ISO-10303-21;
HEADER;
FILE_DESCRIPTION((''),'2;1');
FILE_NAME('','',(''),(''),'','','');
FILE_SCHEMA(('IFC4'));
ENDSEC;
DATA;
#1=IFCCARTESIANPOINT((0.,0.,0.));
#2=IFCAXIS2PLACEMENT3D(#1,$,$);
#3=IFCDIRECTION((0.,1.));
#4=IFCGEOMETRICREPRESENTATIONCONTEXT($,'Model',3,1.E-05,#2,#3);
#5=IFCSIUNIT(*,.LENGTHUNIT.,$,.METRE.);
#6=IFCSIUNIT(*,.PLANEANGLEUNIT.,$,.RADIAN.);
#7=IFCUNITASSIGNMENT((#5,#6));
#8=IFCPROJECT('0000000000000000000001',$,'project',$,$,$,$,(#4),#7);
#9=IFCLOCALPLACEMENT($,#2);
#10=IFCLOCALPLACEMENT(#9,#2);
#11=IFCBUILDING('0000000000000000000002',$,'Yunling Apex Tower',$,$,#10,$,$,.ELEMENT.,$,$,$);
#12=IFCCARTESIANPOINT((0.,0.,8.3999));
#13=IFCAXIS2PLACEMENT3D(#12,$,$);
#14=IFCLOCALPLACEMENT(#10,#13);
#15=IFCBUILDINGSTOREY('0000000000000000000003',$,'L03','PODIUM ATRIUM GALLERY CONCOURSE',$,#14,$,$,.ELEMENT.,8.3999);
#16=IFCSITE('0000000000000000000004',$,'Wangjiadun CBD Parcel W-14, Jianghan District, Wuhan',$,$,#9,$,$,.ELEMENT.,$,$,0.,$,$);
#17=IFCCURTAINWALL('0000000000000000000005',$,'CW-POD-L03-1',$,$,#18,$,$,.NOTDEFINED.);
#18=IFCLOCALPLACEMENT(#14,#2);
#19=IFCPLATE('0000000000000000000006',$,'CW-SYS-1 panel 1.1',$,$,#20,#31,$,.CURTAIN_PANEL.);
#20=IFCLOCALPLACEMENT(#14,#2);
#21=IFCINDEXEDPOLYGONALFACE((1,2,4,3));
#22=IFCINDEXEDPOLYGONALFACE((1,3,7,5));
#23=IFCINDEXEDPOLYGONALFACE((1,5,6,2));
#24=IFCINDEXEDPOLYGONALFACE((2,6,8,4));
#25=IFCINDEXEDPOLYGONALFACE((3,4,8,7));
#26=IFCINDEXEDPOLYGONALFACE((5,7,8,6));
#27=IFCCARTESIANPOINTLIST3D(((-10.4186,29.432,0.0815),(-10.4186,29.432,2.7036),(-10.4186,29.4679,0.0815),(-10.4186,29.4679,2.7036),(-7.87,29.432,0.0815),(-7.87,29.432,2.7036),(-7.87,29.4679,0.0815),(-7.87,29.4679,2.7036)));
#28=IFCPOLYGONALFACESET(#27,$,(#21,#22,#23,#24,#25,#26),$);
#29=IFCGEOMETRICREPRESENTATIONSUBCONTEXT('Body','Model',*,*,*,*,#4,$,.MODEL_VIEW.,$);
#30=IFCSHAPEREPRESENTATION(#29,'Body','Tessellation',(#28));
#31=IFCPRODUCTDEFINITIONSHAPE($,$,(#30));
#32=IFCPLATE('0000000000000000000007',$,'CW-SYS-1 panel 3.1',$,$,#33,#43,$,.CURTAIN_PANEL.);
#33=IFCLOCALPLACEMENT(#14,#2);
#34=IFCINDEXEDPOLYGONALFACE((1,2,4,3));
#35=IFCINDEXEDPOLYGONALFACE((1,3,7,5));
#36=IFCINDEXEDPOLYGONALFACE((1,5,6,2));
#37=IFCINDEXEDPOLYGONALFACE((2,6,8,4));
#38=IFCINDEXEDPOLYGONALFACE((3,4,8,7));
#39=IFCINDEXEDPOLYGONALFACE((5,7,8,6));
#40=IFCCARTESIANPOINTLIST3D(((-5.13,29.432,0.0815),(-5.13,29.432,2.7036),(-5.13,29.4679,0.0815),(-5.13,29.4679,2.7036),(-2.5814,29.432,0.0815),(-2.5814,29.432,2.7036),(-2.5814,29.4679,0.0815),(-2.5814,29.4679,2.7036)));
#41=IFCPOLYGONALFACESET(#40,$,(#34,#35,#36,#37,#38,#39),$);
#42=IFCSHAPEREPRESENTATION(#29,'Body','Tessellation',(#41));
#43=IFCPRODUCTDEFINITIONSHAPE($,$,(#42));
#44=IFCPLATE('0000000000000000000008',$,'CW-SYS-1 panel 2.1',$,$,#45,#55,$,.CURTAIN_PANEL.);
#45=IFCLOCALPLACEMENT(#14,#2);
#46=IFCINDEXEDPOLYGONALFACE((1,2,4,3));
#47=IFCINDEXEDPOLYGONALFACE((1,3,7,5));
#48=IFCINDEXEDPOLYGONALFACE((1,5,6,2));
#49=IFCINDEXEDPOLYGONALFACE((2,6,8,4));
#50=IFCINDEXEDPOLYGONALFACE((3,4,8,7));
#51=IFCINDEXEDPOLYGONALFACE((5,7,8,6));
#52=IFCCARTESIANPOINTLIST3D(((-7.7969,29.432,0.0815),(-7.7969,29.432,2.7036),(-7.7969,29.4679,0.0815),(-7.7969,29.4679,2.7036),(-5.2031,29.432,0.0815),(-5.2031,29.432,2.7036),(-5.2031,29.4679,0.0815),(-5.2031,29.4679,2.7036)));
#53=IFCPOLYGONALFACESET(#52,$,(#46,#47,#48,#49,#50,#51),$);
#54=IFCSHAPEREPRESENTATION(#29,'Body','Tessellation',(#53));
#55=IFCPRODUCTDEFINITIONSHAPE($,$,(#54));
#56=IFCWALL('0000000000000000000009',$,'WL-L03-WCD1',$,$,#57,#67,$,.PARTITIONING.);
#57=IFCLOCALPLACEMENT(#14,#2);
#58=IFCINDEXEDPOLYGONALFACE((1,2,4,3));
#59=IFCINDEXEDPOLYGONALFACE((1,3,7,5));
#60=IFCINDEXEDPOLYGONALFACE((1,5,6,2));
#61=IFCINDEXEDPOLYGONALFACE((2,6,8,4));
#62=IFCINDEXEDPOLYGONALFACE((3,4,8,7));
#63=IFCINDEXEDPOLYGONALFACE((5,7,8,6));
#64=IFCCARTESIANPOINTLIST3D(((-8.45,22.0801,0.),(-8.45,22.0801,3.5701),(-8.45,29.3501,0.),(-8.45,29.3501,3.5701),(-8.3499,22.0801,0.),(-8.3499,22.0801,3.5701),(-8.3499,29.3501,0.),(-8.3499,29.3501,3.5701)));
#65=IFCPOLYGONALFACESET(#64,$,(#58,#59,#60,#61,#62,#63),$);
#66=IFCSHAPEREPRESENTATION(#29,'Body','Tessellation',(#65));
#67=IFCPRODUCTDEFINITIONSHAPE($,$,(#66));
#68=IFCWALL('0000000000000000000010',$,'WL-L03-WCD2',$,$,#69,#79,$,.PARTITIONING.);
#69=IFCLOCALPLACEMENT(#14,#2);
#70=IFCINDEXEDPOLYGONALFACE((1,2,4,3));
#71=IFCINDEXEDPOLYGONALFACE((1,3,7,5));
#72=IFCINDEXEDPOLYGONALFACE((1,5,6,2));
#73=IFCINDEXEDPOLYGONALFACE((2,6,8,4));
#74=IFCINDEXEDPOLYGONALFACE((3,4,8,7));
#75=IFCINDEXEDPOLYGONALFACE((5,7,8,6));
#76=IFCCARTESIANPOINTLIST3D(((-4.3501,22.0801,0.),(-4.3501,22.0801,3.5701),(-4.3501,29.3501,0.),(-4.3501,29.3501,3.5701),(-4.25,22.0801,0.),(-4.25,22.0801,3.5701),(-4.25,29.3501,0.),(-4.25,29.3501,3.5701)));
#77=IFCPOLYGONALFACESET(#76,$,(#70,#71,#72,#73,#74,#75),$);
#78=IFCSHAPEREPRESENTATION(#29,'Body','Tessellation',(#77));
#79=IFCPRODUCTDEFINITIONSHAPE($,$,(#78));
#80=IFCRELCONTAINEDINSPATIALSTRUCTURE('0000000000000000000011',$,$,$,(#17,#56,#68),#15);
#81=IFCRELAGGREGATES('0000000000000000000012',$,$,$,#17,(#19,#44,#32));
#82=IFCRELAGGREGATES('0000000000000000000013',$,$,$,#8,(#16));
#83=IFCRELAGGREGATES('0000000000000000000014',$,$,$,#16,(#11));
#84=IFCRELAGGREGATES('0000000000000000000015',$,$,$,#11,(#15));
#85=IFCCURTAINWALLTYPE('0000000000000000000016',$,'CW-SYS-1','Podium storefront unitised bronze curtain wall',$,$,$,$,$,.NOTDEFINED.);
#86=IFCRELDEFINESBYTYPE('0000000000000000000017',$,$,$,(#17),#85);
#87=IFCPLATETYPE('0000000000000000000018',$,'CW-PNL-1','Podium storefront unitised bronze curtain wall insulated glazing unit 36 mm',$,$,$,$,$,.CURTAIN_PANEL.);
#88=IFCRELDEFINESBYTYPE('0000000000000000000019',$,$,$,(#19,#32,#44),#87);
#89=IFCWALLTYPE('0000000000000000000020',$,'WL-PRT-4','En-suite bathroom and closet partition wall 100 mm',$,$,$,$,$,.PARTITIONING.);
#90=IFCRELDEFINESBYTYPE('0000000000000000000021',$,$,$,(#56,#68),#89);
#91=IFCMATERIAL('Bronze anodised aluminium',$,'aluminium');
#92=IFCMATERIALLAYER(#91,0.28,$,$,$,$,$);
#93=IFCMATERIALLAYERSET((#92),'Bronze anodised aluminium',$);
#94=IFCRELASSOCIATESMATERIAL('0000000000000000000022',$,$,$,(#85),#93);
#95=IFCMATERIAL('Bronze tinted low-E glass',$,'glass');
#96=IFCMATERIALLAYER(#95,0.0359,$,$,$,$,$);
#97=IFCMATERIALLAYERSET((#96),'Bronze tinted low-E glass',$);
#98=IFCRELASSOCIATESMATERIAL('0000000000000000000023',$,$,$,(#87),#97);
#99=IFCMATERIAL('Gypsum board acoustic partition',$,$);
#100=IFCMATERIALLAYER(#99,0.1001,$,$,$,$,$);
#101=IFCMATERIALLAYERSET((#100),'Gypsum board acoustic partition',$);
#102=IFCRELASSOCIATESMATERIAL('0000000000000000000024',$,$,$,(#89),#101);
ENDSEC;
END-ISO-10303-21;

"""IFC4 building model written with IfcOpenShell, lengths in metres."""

from ifc_helpers import new_model, si_unit, direction, frame, frame_2d, origin, origin_2d, place, context, subcontext, project, spatial, rectangle, extrude, source, transform, mapped, material, layer, layer_set, type_object, element, aggregate, save


model = new_model("IFC4")

# Units and contexts
model_context = context("Model", 3, precision=1e-05, world=origin(), true_north=direction((0.0, 1.0)))
body_context = subcontext(model_context, "Body", "Model", "MODEL_VIEW")
ifc_project = project(units=[si_unit("LENGTHUNIT", "METRE"), si_unit("PLANEANGLEUNIT", "RADIAN")], contexts=[model_context])

# Site, building, storey
site_placement = place(None, origin())
site = spatial("IfcSite", under=ifc_project, at=site_placement, Name="Wangjiadun CBD Parcel W-14, Jianghan District, Wuhan", CompositionType="ELEMENT", RefElevation=0.0)
building_placement = place(site_placement, origin())
building = spatial("IfcBuilding", under=site, at=building_placement, Name="Yunling Apex Tower", CompositionType="ELEMENT")
storey_placement = place(building_placement, frame((0.0, 0.0, 8.3999)))
storey = spatial("IfcBuildingStorey", under=building, at=storey_placement, Name="L03", Description="PODIUM ATRIUM GALLERY CONCOURSE", CompositionType="ELEMENT", Elevation=8.3999)

# Curtain wall, plates
ifc_material_1 = material(Name="Bronze anodised aluminium", Category="aluminium")
ifc_layer_1 = layer(ifc_material_1, 0.28)
ifc_layer_set_1 = layer_set([ifc_layer_1], Name="Bronze anodised aluminium")
curtain_wall_type = type_object("IfcCurtainWallType", Name="CW-SYS-1", Description="Podium storefront unitised bronze curtain wall", PredefinedType="NOTDEFINED", material=ifc_layer_set_1)
curtain_wall_placement = place(storey_placement, origin())
curtain_wall = element("IfcCurtainWall", 1, at=curtain_wall_placement, inside=storey, type_object=curtain_wall_type, Name="CW-POD-L03-1", PredefinedType="NOTDEFINED")
ifc_material_2 = material(Name="Bronze tinted low-E glass", Category="glass")
ifc_layer_2 = layer(ifc_material_2, 0.0359)
ifc_layer_set_2 = layer_set([ifc_layer_2], Name="Bronze tinted low-E glass")
plate_type = type_object("IfcPlateType", Name="CW-PNL-1", Description="Podium storefront unitised bronze curtain wall insulated glazing unit 36 mm", PredefinedType="CURTAIN_PANEL", material=ifc_layer_set_2)
shared_shape_1 = source(origin(), body_context, "Body", "SweptSolid", [
    extrude(rectangle(XDim=2.5486, YDim=0.0359, at=origin_2d()), origin(), (0.0, 0.0, 1.0), 2.6221),
])
plate_1_placement = place(storey_placement, frame((-9.1443, 29.45, 0.0815), z_axis=(0.0, 0.0, 1.0), x_axis=(1.0, 0.0, 0.0)))
plate_1 = element("IfcPlate", 2, at=plate_1_placement, type_object=plate_type, Name="CW-SYS-1 panel 1.1", PredefinedType="CURTAIN_PANEL", context=body_context, shape_type="MappedRepresentation", body=[
    mapped(shared_shape_1, transform((0.0, 0.0, 0.0), scale=1.0)),
])
plate_2_placement = place(storey_placement, frame((-3.8557, 29.45, 0.0815), z_axis=(0.0, 0.0, 1.0), x_axis=(1.0, 0.0, 0.0)))
plate_2 = element("IfcPlate", 3, at=plate_2_placement, type_object=plate_type, Name="CW-SYS-1 panel 3.1", PredefinedType="CURTAIN_PANEL", context=body_context, shape_type="MappedRepresentation", body=[
    mapped(shared_shape_1, transform((0.0, 0.0, 0.0), scale=1.0)),
])
shared_shape_2 = source(origin(), body_context, "Body", "SweptSolid", [
    extrude(rectangle(XDim=2.5938, YDim=0.0359, at=origin_2d()), origin(), (0.0, 0.0, 1.0), 2.6221),
])
plate_3_placement = place(storey_placement, frame((-6.5, 29.45, 0.0815), z_axis=(0.0, 0.0, 1.0), x_axis=(1.0, 0.0, 0.0)))
plate_3 = element("IfcPlate", 4, at=plate_3_placement, type_object=plate_type, Name="CW-SYS-1 panel 2.1", PredefinedType="CURTAIN_PANEL", context=body_context, shape_type="MappedRepresentation", body=[
    mapped(shared_shape_2, transform((0.0, 0.0, 0.0), scale=1.0)),
])
aggregate(curtain_wall, [plate_1, plate_3, plate_2])

# Walls
ifc_material_3 = material(Name="Gypsum board acoustic partition")
ifc_layer_3 = layer(ifc_material_3, 0.1001)
ifc_layer_set_3 = layer_set([ifc_layer_3], Name="Gypsum board acoustic partition")
wall_type = type_object("IfcWallType", Name="WL-PRT-4", Description="En-suite bathroom and closet partition wall 100 mm", PredefinedType="PARTITIONING", material=ifc_layer_set_3)
for number, where, z_axis, x_axis, name in (
    (5, (-8.3999, 22.0801, 0.0), (0.0, 0.0, 1.0), (0.0, 1.0, 0.0), "WL-L03-WCD1"),
    (6, (-4.3, 22.0801, 0.0), (0.0, 0.0, 1.0), (0.0, 1.0, 0.0), "WL-L03-WCD2"),
):
    element("IfcWall", number, at=place(storey_placement, frame(where, z_axis=z_axis, x_axis=x_axis)), inside=storey, type_object=wall_type, Name=name, PredefinedType="PARTITIONING", context=body_context, shape_type="SweptSolid", body=[
        extrude(rectangle(XDim=7.27, YDim=0.1001, at=frame_2d((3.635, 0.0))), origin(), (0.0, 0.0, 1.0), 3.5701),
    ])

save(model, "model.ifc")
